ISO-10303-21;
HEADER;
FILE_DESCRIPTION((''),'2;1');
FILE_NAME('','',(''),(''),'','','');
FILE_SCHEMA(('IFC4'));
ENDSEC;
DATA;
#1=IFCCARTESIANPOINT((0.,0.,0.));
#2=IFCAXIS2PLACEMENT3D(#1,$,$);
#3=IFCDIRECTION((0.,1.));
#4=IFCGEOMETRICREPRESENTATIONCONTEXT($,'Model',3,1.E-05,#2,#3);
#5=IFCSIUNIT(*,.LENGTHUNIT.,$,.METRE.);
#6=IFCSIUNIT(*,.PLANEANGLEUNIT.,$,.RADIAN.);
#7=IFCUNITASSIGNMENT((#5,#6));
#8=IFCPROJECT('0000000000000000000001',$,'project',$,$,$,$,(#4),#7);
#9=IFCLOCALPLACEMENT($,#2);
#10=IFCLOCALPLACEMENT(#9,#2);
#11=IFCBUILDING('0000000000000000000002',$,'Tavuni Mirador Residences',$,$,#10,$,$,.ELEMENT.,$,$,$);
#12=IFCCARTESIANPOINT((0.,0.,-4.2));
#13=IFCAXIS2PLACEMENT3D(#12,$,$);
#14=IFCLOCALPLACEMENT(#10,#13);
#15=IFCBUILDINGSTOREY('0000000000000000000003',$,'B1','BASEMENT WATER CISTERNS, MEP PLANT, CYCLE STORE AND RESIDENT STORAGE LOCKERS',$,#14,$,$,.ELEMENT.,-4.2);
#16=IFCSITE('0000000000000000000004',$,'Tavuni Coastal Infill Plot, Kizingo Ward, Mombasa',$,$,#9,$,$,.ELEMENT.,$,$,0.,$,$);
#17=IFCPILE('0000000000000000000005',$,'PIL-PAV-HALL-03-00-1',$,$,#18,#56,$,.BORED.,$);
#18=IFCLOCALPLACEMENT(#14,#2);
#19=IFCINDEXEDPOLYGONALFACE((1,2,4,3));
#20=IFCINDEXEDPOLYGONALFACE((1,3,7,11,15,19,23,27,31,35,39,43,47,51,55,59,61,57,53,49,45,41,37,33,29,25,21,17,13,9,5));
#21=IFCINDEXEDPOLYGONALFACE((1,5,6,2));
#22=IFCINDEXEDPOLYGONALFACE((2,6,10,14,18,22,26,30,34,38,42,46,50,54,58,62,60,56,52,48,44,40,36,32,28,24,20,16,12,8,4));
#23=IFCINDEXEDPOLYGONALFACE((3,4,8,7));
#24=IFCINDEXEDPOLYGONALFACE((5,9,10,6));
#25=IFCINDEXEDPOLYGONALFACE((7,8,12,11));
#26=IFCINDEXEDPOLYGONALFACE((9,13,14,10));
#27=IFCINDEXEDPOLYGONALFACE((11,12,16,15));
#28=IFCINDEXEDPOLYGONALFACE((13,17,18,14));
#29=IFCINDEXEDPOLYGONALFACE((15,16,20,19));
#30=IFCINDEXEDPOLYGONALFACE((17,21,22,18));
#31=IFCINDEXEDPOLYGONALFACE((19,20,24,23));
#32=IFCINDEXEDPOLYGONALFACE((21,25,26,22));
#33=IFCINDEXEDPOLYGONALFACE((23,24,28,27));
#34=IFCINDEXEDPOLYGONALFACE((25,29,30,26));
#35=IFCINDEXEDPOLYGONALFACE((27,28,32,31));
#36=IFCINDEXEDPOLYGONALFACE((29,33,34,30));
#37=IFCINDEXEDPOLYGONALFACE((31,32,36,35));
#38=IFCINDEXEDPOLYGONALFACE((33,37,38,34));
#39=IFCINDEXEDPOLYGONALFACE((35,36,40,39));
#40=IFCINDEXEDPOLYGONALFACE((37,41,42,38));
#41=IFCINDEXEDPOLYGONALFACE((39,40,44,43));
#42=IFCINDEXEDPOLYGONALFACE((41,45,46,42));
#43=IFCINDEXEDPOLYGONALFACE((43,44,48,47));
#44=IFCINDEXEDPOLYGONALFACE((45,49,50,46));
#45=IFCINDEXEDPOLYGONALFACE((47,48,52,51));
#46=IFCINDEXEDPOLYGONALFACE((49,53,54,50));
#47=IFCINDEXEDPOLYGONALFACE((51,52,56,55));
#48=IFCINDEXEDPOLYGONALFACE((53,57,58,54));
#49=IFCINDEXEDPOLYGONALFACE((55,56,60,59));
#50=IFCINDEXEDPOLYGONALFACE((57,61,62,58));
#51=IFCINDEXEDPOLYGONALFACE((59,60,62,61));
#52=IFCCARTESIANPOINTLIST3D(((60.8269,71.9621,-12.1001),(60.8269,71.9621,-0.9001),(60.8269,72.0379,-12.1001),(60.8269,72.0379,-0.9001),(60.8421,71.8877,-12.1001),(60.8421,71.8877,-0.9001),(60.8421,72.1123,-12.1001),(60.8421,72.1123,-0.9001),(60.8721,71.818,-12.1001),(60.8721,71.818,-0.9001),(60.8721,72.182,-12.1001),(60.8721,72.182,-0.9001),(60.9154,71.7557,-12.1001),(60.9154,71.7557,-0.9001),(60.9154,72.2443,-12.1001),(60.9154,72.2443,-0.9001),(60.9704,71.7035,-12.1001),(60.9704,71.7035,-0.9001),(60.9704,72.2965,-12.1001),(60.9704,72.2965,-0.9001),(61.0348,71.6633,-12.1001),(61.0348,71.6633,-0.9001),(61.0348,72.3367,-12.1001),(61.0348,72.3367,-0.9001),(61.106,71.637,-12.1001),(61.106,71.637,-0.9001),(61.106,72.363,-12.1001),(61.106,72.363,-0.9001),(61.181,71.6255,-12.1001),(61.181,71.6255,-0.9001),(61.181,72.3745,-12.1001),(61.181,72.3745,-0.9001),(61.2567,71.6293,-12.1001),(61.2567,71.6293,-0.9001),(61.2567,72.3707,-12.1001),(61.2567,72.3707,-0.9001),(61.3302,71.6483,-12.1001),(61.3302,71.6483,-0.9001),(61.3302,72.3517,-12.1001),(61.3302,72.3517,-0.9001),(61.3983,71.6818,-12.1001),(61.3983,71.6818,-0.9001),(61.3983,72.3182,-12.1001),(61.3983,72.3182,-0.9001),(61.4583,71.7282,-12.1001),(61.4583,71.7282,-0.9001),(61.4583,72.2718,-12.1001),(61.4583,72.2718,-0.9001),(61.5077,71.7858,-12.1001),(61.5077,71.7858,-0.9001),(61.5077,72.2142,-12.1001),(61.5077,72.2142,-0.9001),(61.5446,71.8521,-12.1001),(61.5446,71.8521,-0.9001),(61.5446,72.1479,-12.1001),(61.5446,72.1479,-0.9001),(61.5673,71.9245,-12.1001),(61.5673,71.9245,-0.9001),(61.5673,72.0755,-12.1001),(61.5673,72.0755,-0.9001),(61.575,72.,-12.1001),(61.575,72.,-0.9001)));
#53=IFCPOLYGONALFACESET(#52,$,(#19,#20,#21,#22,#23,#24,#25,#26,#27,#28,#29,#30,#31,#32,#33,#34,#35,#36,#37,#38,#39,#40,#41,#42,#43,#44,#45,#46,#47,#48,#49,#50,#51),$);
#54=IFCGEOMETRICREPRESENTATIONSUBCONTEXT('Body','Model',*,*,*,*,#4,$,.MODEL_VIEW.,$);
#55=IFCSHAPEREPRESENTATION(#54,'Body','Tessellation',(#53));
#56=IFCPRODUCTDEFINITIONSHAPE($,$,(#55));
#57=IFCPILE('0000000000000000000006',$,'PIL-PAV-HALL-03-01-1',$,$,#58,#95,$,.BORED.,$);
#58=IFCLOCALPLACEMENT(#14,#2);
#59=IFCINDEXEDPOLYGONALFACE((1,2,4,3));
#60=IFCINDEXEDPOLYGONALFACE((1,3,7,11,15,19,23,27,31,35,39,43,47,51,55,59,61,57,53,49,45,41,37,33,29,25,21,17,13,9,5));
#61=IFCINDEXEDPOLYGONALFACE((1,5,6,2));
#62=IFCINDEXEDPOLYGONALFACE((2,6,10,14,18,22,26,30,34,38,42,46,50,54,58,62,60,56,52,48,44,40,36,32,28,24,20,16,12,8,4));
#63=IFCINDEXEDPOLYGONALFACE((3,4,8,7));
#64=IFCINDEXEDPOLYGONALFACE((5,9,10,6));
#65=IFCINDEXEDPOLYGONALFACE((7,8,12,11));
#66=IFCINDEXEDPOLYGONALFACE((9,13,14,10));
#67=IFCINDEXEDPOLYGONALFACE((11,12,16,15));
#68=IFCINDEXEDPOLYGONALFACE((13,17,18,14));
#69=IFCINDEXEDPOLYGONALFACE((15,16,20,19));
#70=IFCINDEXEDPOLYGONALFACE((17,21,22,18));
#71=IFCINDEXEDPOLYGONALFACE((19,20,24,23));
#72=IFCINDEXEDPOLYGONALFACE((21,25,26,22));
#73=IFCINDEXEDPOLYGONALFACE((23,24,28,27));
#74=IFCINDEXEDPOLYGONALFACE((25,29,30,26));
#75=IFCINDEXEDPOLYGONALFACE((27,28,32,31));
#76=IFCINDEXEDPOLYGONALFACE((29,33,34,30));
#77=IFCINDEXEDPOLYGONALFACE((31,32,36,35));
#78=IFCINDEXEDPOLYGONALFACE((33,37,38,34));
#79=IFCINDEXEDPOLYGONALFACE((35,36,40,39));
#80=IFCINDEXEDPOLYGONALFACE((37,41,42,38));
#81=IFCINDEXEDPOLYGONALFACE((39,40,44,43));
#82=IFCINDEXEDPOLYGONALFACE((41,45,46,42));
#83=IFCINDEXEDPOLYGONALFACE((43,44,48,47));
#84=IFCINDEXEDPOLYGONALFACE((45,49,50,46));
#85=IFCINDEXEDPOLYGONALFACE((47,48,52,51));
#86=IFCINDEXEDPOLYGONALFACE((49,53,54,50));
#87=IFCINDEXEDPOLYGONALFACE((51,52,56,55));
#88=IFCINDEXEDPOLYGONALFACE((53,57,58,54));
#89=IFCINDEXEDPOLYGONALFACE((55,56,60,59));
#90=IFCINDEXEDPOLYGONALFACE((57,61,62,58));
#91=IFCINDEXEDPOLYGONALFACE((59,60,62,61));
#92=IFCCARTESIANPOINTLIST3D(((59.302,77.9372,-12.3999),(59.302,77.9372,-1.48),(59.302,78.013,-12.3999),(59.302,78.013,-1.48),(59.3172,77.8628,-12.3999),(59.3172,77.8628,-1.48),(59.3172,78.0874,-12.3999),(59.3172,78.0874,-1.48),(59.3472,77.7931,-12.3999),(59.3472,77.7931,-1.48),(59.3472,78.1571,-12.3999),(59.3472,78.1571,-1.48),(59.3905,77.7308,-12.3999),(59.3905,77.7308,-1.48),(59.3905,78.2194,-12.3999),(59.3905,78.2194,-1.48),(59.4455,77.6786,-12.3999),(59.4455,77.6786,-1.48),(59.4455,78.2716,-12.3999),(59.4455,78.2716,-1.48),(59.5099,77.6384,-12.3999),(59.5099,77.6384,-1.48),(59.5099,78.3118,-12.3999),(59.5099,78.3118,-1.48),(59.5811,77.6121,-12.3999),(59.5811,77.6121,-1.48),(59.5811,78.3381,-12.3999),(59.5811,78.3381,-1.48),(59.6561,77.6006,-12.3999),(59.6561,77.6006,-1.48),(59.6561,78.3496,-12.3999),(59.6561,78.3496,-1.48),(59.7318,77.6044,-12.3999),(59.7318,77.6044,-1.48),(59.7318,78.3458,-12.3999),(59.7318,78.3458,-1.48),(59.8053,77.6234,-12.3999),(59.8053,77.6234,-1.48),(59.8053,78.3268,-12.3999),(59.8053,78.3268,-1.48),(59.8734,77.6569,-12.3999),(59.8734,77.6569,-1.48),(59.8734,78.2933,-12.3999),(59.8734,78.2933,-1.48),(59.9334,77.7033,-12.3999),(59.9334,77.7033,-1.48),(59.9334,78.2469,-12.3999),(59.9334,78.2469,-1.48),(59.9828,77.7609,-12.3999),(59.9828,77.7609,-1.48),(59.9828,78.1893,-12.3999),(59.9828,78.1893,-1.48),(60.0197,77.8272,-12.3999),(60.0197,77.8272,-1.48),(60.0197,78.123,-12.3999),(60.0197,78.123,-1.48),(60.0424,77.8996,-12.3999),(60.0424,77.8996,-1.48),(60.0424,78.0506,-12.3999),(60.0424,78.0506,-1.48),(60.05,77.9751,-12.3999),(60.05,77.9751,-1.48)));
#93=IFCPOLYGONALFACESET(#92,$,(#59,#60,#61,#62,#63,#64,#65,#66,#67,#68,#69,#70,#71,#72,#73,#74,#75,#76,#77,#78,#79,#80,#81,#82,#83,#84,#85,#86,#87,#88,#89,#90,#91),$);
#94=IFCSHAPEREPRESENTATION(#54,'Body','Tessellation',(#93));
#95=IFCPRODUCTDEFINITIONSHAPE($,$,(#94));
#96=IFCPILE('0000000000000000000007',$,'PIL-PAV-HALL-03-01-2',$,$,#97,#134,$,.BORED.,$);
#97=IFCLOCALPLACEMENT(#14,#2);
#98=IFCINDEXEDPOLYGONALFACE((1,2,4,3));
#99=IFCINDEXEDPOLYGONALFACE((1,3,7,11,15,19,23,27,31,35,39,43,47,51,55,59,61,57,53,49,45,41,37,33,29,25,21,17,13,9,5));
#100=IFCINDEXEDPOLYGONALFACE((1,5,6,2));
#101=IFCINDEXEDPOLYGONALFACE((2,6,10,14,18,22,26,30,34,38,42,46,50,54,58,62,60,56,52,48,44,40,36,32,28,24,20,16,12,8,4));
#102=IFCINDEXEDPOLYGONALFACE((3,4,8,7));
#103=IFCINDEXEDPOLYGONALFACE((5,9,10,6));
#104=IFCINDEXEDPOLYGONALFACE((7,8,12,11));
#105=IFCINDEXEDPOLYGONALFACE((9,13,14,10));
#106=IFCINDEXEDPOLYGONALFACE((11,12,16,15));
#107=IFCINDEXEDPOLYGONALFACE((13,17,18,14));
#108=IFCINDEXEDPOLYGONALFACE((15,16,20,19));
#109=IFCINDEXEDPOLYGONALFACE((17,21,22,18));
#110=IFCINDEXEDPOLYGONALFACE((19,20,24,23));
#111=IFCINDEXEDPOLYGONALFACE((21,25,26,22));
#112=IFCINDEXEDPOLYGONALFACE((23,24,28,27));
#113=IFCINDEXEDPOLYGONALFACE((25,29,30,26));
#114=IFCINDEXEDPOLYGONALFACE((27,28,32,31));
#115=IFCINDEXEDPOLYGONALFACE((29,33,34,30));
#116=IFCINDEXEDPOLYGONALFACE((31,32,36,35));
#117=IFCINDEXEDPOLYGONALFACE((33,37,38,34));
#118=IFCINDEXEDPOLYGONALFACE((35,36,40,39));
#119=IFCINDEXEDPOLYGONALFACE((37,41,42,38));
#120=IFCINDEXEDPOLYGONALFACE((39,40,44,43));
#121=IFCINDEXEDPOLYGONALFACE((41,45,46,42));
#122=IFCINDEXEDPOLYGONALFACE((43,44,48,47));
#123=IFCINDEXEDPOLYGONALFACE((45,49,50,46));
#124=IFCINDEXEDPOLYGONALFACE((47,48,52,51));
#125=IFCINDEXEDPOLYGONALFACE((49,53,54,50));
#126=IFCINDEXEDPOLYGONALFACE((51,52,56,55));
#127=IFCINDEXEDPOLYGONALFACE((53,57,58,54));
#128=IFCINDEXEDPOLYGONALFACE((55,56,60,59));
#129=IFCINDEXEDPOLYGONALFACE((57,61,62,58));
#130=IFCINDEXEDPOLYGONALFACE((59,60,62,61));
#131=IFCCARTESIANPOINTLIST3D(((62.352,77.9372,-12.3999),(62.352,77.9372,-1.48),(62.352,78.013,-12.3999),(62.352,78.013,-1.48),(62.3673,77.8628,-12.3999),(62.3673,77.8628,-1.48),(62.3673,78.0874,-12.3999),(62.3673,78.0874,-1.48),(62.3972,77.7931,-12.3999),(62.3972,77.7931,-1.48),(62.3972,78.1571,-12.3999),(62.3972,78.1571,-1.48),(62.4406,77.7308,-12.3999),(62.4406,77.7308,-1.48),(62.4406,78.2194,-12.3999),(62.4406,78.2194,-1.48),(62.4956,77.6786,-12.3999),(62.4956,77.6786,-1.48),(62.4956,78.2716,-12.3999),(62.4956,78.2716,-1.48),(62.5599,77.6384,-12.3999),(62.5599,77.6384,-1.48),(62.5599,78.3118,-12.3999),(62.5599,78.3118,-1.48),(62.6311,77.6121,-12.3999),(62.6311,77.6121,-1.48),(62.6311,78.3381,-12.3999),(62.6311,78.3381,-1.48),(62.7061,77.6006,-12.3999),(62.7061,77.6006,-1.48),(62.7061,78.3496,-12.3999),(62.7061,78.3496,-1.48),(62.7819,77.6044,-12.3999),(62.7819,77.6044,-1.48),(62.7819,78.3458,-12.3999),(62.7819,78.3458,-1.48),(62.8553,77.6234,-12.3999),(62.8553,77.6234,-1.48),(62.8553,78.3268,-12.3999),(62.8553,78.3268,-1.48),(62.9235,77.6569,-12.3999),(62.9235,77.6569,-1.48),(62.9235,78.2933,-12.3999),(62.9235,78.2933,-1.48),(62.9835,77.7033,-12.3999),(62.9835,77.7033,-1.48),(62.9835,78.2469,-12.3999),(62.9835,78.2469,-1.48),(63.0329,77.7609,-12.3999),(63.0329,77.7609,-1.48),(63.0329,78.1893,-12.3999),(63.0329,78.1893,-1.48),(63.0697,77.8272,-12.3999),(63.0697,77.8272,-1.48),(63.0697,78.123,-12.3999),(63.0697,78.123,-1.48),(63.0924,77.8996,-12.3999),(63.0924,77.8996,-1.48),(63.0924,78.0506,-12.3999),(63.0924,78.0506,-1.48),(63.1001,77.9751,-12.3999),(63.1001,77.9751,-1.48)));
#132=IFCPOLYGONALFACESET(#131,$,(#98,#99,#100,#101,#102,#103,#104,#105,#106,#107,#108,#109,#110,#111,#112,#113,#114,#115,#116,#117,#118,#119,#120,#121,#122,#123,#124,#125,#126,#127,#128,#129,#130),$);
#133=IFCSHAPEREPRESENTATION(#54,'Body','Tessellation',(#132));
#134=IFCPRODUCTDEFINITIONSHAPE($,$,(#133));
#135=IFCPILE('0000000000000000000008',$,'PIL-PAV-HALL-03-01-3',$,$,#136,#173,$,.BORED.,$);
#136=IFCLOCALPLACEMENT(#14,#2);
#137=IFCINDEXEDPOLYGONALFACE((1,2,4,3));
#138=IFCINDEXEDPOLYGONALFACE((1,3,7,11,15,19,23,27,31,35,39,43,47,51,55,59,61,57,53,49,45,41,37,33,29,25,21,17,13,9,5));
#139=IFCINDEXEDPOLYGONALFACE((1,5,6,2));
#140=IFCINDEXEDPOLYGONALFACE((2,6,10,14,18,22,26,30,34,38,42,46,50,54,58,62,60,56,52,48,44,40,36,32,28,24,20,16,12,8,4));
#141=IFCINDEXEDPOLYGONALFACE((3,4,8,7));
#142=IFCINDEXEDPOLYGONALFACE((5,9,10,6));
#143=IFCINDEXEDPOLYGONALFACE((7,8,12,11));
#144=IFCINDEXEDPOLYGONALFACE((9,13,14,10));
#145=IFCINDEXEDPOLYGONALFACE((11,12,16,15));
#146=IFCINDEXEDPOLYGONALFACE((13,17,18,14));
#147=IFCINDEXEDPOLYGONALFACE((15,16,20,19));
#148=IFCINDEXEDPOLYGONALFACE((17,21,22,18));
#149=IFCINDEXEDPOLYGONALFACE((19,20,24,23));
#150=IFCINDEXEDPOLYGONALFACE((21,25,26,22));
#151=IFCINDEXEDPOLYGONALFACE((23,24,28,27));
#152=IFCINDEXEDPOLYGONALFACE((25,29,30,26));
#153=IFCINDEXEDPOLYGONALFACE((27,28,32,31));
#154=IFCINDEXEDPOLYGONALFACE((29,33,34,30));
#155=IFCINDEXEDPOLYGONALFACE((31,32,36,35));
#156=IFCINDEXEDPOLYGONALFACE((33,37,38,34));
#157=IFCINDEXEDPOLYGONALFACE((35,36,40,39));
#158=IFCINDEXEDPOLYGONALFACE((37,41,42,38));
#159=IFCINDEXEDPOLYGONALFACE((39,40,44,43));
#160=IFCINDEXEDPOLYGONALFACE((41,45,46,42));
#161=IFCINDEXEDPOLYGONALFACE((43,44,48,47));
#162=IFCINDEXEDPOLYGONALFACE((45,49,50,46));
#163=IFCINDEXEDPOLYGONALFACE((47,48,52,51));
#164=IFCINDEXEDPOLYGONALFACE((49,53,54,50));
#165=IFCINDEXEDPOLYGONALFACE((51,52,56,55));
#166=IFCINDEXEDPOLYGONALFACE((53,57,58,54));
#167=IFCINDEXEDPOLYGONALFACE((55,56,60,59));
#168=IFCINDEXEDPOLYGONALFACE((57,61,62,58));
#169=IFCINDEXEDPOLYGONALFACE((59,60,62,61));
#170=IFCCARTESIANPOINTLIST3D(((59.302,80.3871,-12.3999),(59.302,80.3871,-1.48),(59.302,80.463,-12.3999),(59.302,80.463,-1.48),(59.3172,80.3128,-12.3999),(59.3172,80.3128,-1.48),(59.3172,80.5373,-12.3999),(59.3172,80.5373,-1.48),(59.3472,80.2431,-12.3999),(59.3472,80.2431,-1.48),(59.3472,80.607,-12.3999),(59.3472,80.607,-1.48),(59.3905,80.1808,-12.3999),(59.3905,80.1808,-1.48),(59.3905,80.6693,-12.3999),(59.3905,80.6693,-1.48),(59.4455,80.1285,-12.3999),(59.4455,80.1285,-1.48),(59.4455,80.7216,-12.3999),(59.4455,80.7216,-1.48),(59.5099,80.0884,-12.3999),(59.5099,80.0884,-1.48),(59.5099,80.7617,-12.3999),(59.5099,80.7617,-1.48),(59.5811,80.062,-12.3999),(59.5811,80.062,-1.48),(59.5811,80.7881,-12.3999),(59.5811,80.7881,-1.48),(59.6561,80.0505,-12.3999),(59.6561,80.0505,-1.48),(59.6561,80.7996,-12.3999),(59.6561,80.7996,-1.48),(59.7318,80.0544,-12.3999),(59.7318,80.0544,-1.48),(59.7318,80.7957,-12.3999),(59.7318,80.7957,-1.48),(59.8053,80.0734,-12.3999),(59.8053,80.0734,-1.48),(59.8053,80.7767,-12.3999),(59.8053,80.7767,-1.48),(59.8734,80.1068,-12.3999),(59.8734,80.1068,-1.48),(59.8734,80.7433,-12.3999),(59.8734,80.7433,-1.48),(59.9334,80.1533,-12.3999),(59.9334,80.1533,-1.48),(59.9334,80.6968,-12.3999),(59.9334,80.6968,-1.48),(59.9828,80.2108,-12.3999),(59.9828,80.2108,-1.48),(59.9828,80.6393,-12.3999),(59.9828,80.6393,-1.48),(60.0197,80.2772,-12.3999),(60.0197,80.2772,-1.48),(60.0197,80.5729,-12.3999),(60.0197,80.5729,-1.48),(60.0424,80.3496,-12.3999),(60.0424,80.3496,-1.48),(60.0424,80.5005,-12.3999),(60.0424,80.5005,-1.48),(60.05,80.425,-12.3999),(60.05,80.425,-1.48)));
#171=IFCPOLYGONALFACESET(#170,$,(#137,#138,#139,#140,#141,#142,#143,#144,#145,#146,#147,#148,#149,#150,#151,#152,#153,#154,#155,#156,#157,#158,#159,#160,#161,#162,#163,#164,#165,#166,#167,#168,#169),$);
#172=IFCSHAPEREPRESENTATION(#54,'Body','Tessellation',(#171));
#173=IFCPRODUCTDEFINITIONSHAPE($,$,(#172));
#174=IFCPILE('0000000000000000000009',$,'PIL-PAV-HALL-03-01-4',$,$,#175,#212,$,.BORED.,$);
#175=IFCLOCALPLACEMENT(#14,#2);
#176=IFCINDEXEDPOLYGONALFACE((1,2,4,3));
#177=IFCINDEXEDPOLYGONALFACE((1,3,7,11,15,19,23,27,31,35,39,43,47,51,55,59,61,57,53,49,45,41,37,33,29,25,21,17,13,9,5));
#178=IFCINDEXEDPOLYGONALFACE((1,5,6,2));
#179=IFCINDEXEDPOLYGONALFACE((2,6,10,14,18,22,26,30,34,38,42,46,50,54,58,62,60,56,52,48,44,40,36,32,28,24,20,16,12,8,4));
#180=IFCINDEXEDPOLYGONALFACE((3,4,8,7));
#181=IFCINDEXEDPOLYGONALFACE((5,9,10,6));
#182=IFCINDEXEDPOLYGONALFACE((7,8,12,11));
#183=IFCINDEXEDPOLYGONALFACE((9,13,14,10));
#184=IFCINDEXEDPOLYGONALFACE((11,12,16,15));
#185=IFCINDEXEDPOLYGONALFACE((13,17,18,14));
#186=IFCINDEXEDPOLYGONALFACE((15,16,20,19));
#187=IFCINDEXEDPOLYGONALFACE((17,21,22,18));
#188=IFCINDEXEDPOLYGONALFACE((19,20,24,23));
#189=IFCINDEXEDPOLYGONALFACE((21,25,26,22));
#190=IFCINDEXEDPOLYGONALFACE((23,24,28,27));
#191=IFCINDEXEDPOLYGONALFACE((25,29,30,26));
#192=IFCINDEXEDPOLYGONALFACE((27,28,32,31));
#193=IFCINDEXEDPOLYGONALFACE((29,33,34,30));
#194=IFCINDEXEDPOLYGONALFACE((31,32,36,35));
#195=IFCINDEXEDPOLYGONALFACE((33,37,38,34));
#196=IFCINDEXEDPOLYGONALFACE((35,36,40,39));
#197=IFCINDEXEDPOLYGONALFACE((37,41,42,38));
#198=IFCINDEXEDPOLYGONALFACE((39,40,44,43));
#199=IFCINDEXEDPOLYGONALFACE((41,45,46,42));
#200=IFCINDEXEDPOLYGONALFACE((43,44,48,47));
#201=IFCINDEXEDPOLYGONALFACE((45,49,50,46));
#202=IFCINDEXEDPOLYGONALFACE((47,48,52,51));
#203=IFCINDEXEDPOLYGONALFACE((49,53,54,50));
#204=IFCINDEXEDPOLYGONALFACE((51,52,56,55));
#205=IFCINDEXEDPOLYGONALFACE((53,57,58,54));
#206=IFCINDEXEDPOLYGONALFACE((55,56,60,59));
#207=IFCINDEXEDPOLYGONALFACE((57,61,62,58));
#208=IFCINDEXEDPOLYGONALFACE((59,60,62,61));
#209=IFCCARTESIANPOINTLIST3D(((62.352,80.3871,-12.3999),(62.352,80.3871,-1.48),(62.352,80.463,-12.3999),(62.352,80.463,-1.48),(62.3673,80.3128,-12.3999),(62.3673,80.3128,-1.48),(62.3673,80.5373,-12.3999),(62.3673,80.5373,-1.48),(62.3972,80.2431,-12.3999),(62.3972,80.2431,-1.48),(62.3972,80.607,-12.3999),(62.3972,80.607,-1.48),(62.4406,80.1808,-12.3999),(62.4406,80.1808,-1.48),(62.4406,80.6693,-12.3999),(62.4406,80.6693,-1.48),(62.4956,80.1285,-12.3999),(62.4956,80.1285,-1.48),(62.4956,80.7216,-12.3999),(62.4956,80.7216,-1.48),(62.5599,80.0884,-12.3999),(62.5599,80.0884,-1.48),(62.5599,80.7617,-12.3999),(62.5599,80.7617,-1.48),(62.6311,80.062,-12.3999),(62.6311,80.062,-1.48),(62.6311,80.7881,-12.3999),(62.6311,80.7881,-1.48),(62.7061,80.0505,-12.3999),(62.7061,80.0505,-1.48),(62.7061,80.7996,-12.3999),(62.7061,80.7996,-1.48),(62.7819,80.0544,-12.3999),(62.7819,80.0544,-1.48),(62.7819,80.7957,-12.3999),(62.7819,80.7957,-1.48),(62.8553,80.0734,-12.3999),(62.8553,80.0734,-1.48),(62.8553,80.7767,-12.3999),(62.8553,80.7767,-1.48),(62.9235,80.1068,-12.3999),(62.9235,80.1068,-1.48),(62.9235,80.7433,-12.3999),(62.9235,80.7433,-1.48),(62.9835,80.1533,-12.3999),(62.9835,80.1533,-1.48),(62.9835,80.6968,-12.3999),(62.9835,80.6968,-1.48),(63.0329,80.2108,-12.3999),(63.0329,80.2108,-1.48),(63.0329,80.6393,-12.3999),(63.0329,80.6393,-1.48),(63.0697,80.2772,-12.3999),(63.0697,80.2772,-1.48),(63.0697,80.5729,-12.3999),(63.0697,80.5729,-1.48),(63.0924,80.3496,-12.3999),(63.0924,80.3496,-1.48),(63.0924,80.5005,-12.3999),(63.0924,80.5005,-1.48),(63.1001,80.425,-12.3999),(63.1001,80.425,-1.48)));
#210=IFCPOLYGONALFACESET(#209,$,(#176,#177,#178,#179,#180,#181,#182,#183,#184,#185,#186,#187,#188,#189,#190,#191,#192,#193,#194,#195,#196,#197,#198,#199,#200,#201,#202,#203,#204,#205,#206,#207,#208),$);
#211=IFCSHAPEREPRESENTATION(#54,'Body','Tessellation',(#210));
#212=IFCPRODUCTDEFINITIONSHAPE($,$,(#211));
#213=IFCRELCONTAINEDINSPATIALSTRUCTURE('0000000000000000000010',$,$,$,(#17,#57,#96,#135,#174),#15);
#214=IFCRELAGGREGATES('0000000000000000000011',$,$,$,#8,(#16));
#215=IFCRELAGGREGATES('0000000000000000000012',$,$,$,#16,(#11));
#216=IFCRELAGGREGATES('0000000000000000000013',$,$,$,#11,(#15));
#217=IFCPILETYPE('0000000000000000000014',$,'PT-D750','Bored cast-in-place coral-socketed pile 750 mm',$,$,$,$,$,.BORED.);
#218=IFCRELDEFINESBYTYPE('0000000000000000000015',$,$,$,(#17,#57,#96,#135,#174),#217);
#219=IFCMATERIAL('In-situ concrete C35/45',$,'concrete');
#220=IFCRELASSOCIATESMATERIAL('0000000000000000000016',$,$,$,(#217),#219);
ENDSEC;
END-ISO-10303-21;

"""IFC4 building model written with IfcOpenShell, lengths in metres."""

from ifc_helpers import new_model, si_unit, direction, frame, origin, origin_2d, place, context, subcontext, project, spatial, circle, extrude, material, material_profile, profile_set, type_object, element, save


model = new_model("IFC4")

# Units and contexts
model_context = context("Model", 3, precision=1e-05, world=origin(), true_north=direction((0.0, 1.0)))
body_context = subcontext(model_context, "Body", "Model", "MODEL_VIEW")
ifc_project = project(units=[si_unit("LENGTHUNIT", "METRE"), si_unit("PLANEANGLEUNIT", "RADIAN")], contexts=[model_context])

# Site, building, storey
site_placement = place(None, origin())
site = spatial("IfcSite", under=ifc_project, at=site_placement, Name="Tavuni Coastal Infill Plot, Kizingo Ward, Mombasa", CompositionType="ELEMENT", RefElevation=0.0)
building_placement = place(site_placement, origin())
building = spatial("IfcBuilding", under=site, at=building_placement, Name="Tavuni Mirador Residences", CompositionType="ELEMENT")
storey_placement = place(building_placement, frame((0.0, 0.0, -4.2)))
storey = spatial("IfcBuildingStorey", under=building, at=storey_placement, Name="B1", Description="BASEMENT WATER CISTERNS, MEP PLANT, CYCLE STORE AND RESIDENT STORAGE LOCKERS", CompositionType="ELEMENT", Elevation=-4.2)

# Shared definitions
ifc_material_1 = material(Name="In-situ concrete C35/45", Category="concrete")

# Piles
ifc_material_profile_1 = material_profile(ifc_material_1, circle(Radius=0.375, at=origin_2d()), Name="PILE D750", Category="concrete")
ifc_profile_set_1 = profile_set([ifc_material_profile_1], Name="In-situ concrete C35/45")
pile_type_1 = type_object("IfcPileType", Name="PT-D750", Description="Bored cast-in-place coral-socketed pile 750 mm", PredefinedType="BORED", material=ifc_profile_set_1)
pile_1_placement = place(storey_placement, frame((61.2, 72.0, -0.9001), z_axis=(0.0, 0.0, -1.0), x_axis=(1.0, 0.0, 0.0)))
element("IfcPile", 1, at=pile_1_placement, inside=storey, type_object=pile_type_1, Name="PIL-PAV-HALL-03-00-1", PredefinedType="BORED", context=body_context, shape_type="SweptSolid", body=[
    extrude(circle(Radius=0.375, at=origin_2d()), origin(), (0.0, 0.0, 1.0), 11.2),
])
for number, where, z_axis, x_axis, name in (
    (2, (59.675, 77.9751, -1.48), (0.0, 0.0, -1.0), (1.0, 0.0, 0.0), "PIL-PAV-HALL-03-01-1"),
    (3, (62.7251, 77.9751, -1.48), (0.0, 0.0, -1.0), (1.0, 0.0, 0.0), "PIL-PAV-HALL-03-01-2"),
    (4, (59.675, 80.425, -1.48), (0.0, 0.0, -1.0), (1.0, 0.0, 0.0), "PIL-PAV-HALL-03-01-3"),
    (5, (62.7251, 80.425, -1.48), (0.0, 0.0, -1.0), (1.0, 0.0, 0.0), "PIL-PAV-HALL-03-01-4"),
):
    element("IfcPile", number, at=place(storey_placement, frame(where, z_axis=z_axis, x_axis=x_axis)), inside=storey, type_object=pile_type_1, Name=name, PredefinedType="BORED", context=body_context, shape_type="SweptSolid", body=[
        extrude(circle(Radius=0.375, at=origin_2d()), origin(), (0.0, 0.0, 1.0), 10.9199),
    ])

save(model, "model.ifc")
